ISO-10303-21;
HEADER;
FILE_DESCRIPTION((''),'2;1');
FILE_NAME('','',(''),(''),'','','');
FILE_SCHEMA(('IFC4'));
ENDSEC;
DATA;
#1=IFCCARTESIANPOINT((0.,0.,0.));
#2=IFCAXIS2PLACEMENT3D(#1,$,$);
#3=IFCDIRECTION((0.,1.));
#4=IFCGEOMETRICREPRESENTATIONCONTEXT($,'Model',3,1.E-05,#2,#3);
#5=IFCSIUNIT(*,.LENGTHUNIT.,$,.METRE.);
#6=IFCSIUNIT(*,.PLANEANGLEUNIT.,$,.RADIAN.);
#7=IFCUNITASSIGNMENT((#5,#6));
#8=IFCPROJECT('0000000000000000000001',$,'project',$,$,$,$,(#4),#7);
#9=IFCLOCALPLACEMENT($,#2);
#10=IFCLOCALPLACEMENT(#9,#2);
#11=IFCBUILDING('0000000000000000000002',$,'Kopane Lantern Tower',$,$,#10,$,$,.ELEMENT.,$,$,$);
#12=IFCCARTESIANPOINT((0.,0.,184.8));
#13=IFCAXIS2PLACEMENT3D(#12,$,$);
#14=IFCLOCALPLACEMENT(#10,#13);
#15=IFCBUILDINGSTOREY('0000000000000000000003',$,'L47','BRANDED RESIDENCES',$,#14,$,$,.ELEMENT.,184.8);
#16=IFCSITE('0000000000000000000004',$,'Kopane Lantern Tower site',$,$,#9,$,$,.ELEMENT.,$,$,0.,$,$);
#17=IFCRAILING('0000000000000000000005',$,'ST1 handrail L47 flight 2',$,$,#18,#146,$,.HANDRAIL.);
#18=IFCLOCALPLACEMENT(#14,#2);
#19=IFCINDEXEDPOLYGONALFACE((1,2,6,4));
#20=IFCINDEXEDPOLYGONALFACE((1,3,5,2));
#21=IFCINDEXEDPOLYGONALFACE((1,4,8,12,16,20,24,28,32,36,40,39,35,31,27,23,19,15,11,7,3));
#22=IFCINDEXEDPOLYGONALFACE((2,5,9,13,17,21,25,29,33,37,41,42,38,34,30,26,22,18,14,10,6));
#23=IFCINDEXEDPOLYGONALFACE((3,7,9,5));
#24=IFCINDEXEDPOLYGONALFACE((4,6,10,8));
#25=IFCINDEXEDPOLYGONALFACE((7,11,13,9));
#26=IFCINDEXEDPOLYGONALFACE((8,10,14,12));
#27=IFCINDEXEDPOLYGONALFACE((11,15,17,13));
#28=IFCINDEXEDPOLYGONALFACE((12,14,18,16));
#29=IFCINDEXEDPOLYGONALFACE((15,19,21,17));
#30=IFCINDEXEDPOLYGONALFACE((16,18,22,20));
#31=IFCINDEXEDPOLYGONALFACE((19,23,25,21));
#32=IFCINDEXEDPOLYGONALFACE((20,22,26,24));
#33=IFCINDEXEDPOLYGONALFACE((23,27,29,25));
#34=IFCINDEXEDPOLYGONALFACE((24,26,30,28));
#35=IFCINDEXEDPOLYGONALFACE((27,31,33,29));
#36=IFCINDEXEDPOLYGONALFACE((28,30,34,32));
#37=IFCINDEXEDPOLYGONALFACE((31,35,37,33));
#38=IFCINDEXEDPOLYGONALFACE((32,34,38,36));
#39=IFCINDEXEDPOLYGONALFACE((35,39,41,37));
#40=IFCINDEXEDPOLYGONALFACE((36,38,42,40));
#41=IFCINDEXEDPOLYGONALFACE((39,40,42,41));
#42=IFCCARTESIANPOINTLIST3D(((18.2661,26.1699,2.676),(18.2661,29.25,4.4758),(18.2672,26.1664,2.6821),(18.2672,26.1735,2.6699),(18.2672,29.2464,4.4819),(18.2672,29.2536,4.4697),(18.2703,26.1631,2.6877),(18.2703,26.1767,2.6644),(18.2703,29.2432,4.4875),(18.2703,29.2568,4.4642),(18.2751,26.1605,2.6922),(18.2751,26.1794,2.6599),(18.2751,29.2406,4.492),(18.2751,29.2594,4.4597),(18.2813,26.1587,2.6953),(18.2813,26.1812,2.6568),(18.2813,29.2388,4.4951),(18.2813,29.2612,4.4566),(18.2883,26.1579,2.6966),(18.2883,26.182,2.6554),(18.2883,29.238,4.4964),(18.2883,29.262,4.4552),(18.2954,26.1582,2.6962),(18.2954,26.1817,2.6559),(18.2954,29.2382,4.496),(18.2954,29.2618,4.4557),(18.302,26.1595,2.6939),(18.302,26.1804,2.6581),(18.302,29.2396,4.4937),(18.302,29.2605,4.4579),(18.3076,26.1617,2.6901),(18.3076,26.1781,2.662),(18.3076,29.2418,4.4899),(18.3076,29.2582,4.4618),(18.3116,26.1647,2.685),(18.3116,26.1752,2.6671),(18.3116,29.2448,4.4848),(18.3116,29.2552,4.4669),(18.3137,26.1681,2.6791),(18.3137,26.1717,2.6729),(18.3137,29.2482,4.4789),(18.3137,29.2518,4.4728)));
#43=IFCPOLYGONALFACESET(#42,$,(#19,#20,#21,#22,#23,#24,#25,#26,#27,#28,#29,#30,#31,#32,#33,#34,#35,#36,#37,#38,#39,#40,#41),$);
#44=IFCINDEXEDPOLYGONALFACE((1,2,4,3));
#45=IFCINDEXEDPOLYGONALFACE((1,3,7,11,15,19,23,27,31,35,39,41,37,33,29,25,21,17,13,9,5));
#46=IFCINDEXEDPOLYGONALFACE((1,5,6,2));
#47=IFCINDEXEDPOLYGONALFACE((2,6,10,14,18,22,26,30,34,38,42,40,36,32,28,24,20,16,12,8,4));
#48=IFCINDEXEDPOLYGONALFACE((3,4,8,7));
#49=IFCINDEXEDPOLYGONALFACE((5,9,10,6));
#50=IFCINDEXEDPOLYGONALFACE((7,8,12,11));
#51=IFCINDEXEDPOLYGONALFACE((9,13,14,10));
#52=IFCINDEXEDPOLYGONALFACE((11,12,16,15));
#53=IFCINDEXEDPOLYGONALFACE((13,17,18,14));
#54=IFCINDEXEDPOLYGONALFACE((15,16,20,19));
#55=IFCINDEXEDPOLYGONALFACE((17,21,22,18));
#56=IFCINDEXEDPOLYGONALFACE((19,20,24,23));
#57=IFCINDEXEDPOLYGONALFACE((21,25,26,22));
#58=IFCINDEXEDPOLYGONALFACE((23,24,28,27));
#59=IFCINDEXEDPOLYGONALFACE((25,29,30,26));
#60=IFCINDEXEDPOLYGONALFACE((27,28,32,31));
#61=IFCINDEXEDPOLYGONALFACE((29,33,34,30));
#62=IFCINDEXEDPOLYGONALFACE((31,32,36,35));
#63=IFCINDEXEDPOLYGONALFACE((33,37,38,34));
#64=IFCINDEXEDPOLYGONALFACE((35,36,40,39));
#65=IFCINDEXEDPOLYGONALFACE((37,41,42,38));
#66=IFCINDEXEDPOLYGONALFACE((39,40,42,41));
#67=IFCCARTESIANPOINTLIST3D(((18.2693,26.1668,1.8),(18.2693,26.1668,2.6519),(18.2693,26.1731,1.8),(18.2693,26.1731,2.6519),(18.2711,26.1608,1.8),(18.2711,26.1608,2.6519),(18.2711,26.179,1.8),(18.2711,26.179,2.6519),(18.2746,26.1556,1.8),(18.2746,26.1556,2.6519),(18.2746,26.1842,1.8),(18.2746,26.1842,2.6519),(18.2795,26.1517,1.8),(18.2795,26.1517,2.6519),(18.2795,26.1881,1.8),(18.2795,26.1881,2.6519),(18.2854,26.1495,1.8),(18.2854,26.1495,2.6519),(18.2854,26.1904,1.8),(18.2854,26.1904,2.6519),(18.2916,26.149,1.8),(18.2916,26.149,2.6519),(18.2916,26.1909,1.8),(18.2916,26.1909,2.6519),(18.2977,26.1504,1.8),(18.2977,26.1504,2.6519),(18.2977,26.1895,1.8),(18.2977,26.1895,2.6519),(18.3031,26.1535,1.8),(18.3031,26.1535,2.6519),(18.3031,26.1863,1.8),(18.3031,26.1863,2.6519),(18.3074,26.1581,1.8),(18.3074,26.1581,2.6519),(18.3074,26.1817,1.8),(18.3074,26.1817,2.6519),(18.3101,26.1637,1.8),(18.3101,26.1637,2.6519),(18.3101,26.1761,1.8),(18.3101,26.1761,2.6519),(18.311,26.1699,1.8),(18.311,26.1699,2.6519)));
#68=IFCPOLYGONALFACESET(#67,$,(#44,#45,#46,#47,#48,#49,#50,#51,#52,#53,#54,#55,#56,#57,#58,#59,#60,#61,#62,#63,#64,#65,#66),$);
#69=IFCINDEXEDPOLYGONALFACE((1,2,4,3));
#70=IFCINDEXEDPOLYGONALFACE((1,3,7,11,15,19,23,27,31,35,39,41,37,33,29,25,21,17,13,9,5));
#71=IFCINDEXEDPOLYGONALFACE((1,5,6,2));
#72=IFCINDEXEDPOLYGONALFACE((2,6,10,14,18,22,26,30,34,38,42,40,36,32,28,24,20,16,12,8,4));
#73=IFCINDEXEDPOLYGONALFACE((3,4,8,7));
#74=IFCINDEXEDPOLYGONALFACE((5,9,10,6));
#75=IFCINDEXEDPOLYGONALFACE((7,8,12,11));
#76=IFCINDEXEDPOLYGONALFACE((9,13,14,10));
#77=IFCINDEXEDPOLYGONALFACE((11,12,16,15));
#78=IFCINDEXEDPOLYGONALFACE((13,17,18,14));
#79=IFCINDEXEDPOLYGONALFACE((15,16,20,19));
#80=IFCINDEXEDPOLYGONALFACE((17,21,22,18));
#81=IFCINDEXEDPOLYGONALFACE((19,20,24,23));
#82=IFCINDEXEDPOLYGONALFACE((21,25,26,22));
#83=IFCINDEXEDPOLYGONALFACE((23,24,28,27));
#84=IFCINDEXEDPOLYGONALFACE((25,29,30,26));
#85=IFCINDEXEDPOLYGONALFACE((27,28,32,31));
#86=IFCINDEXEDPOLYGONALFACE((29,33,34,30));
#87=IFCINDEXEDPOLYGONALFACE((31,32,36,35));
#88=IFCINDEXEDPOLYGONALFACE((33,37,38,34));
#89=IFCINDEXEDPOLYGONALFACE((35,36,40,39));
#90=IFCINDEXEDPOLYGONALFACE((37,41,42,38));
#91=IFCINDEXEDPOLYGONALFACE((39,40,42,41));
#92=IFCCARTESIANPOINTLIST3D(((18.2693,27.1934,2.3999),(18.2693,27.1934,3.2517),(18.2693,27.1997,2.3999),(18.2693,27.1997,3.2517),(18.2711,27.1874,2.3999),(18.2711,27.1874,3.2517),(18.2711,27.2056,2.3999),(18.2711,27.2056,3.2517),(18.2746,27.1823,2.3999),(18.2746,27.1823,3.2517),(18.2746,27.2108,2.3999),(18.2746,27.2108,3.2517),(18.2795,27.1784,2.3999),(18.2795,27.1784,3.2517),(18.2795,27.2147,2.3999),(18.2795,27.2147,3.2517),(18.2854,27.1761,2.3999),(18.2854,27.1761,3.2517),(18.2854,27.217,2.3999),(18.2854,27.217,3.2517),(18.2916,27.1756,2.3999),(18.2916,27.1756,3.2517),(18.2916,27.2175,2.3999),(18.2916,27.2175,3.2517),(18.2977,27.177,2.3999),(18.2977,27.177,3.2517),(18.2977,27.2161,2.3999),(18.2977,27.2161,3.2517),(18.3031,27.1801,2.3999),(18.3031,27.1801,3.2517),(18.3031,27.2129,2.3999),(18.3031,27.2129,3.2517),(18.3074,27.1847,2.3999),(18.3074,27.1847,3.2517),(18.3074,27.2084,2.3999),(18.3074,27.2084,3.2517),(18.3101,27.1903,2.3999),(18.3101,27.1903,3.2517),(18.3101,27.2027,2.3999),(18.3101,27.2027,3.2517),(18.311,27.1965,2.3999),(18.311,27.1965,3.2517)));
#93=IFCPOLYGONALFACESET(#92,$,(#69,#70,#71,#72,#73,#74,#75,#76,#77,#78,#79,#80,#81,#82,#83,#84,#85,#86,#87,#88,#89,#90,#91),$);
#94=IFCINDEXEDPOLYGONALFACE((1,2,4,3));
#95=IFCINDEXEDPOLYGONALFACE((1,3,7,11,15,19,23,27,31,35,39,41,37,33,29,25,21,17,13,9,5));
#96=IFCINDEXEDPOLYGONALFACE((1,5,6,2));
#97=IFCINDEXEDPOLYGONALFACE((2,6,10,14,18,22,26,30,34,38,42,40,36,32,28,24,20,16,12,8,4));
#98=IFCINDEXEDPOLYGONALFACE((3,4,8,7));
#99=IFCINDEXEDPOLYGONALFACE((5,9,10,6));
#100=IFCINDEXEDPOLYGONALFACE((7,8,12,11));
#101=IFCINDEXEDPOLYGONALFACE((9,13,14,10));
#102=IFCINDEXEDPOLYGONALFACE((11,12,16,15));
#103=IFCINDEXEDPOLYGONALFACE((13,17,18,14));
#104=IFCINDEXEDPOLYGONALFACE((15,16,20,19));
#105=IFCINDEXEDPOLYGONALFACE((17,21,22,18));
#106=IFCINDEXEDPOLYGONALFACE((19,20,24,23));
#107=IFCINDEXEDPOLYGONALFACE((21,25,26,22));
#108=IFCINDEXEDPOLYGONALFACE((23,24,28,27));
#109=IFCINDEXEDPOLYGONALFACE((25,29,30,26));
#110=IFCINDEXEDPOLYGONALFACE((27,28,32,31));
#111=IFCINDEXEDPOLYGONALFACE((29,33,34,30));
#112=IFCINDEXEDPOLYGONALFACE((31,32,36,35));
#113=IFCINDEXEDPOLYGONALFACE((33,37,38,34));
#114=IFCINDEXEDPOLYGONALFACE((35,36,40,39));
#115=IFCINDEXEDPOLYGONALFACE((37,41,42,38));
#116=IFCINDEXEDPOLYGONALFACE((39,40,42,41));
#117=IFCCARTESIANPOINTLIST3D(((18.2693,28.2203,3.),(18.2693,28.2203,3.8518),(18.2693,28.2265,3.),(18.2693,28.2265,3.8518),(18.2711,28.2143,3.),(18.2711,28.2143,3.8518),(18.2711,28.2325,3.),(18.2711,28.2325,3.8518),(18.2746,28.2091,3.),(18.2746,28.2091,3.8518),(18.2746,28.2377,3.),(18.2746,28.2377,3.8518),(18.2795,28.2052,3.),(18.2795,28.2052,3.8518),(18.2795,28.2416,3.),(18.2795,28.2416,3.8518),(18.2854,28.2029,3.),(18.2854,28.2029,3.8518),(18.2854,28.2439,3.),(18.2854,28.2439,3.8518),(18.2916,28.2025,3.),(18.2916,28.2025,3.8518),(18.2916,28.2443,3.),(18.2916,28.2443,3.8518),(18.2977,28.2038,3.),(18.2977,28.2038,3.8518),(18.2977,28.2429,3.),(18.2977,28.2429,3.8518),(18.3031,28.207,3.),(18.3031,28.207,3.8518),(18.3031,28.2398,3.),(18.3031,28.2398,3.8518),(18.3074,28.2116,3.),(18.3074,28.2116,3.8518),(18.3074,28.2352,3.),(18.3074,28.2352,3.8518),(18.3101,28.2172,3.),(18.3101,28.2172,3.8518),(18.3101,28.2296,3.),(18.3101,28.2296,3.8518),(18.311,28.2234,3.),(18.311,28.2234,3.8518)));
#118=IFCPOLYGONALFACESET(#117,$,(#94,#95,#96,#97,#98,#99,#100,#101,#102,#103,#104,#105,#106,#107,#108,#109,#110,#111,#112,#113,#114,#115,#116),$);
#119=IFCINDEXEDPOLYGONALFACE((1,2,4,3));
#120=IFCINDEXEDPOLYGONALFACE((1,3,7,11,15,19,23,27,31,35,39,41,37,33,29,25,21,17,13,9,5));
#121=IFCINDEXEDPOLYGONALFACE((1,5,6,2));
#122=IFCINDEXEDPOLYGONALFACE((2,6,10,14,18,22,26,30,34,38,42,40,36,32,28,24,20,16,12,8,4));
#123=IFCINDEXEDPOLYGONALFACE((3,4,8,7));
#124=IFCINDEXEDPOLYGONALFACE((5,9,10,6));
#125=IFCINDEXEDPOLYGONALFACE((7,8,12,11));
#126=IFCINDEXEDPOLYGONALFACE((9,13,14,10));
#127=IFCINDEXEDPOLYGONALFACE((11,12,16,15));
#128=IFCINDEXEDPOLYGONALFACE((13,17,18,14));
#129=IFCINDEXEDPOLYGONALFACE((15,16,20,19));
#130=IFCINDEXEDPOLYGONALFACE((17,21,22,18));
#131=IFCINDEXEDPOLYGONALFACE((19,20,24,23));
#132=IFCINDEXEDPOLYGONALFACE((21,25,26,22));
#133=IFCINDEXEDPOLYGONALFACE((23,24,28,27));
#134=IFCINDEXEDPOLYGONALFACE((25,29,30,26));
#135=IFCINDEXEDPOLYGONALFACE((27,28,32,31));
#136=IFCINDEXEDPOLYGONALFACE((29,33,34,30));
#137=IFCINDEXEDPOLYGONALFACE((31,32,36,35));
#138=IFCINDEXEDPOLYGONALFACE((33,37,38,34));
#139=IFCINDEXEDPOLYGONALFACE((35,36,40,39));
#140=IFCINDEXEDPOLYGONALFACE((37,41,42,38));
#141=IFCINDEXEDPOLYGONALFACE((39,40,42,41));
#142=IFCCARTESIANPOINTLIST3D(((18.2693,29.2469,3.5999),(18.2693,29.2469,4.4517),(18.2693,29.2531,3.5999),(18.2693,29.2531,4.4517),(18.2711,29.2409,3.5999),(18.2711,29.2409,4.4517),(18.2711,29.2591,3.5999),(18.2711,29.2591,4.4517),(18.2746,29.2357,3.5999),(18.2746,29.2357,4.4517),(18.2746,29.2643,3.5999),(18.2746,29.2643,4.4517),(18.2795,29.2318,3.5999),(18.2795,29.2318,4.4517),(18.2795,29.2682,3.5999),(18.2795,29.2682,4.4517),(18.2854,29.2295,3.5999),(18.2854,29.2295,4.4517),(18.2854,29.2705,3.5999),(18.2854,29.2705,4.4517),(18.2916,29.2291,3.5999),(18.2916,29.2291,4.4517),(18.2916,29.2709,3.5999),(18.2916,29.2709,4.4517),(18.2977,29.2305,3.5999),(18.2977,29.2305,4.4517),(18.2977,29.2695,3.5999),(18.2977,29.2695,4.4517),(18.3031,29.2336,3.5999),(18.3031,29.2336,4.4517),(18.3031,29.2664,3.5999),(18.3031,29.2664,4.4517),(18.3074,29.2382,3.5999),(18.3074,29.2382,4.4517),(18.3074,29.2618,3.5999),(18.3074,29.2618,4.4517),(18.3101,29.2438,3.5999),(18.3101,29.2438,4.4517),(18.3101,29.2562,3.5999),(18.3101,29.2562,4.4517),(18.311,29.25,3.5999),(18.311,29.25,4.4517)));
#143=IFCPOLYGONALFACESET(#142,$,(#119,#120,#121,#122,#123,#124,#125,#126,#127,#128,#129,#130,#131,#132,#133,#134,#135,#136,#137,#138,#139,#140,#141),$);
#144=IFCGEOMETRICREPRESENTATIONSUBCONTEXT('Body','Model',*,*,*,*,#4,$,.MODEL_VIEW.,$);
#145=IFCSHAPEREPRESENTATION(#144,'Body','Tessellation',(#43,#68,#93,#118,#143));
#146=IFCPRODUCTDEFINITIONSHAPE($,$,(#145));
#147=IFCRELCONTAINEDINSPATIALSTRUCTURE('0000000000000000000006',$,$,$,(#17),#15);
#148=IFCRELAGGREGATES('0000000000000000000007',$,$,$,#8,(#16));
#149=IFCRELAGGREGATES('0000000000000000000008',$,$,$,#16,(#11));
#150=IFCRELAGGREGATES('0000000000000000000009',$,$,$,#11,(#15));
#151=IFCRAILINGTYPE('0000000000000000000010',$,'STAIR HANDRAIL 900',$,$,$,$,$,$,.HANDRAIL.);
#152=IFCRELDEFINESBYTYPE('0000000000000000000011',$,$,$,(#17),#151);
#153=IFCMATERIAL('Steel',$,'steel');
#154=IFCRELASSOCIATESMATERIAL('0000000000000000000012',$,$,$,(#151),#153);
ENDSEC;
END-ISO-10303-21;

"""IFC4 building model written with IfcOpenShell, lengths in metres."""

from ifc_helpers import new_model, si_unit, direction, frame, origin, origin_2d, place, context, subcontext, project, spatial, circle, extrude, material, type_object, element, save


model = new_model("IFC4")

# Units and contexts
model_context = context("Model", 3, precision=1e-05, world=origin(), true_north=direction((0.0, 1.0)))
body_context = subcontext(model_context, "Body", "Model", "MODEL_VIEW")
ifc_project = project(units=[si_unit("LENGTHUNIT", "METRE"), si_unit("PLANEANGLEUNIT", "RADIAN")], contexts=[model_context])

# Site, building, storey
site_placement = place(None, origin())
site = spatial("IfcSite", under=ifc_project, at=site_placement, Name="Kopane Lantern Tower site", CompositionType="ELEMENT", RefElevation=0.0)
building_placement = place(site_placement, origin())
building = spatial("IfcBuilding", under=site, at=building_placement, Name="Kopane Lantern Tower", CompositionType="ELEMENT")
storey_placement = place(building_placement, frame((0.0, 0.0, 184.8)))
storey = spatial("IfcBuildingStorey", under=building, at=storey_placement, Name="L47", Description="BRANDED RESIDENCES", CompositionType="ELEMENT", Elevation=184.8)

# Railing
ifc_material_1 = material(Name="Steel", Category="steel")
railing_type_1 = type_object("IfcRailingType", Name="STAIR HANDRAIL 900", PredefinedType="HANDRAIL", material=ifc_material_1)
for number, where, name in (
    (1, (18.29, 26.1699, 1.8), "ST1 handrail L47 flight 2"),
):
    element("IfcRailing", number, at=place(storey_placement, frame(where)), inside=storey, type_object=railing_type_1, Name=name, PredefinedType="HANDRAIL", context=body_context, shape_type="SweptSolid", body=[
        extrude(circle(Radius=0.0239, at=origin_2d()), frame((0.0, 0.0, 0.876), z_axis=(0.0, 0.863401, 0.504518), x_axis=(-1.0, 0.0, 0.0)), (0.0, 0.0, 1.0), 3.5674),
        extrude(circle(Radius=0.021, at=origin_2d()), origin(), (0.0, 0.0, 1.0), 0.8518),
        extrude(circle(Radius=0.021, at=origin_2d()), frame((0.0, 1.0266, 0.5999)), (0.0, 0.0, 1.0), 0.8518),
        extrude(circle(Radius=0.021, at=origin_2d()), frame((0.0, 2.0535, 1.2)), (0.0, 0.0, 1.0), 0.8518),
        extrude(circle(Radius=0.021, at=origin_2d()), frame((0.0, 3.0801, 1.7998)), (0.0, 0.0, 1.0), 0.8518),
    ])

save(model, "model.ifc")
